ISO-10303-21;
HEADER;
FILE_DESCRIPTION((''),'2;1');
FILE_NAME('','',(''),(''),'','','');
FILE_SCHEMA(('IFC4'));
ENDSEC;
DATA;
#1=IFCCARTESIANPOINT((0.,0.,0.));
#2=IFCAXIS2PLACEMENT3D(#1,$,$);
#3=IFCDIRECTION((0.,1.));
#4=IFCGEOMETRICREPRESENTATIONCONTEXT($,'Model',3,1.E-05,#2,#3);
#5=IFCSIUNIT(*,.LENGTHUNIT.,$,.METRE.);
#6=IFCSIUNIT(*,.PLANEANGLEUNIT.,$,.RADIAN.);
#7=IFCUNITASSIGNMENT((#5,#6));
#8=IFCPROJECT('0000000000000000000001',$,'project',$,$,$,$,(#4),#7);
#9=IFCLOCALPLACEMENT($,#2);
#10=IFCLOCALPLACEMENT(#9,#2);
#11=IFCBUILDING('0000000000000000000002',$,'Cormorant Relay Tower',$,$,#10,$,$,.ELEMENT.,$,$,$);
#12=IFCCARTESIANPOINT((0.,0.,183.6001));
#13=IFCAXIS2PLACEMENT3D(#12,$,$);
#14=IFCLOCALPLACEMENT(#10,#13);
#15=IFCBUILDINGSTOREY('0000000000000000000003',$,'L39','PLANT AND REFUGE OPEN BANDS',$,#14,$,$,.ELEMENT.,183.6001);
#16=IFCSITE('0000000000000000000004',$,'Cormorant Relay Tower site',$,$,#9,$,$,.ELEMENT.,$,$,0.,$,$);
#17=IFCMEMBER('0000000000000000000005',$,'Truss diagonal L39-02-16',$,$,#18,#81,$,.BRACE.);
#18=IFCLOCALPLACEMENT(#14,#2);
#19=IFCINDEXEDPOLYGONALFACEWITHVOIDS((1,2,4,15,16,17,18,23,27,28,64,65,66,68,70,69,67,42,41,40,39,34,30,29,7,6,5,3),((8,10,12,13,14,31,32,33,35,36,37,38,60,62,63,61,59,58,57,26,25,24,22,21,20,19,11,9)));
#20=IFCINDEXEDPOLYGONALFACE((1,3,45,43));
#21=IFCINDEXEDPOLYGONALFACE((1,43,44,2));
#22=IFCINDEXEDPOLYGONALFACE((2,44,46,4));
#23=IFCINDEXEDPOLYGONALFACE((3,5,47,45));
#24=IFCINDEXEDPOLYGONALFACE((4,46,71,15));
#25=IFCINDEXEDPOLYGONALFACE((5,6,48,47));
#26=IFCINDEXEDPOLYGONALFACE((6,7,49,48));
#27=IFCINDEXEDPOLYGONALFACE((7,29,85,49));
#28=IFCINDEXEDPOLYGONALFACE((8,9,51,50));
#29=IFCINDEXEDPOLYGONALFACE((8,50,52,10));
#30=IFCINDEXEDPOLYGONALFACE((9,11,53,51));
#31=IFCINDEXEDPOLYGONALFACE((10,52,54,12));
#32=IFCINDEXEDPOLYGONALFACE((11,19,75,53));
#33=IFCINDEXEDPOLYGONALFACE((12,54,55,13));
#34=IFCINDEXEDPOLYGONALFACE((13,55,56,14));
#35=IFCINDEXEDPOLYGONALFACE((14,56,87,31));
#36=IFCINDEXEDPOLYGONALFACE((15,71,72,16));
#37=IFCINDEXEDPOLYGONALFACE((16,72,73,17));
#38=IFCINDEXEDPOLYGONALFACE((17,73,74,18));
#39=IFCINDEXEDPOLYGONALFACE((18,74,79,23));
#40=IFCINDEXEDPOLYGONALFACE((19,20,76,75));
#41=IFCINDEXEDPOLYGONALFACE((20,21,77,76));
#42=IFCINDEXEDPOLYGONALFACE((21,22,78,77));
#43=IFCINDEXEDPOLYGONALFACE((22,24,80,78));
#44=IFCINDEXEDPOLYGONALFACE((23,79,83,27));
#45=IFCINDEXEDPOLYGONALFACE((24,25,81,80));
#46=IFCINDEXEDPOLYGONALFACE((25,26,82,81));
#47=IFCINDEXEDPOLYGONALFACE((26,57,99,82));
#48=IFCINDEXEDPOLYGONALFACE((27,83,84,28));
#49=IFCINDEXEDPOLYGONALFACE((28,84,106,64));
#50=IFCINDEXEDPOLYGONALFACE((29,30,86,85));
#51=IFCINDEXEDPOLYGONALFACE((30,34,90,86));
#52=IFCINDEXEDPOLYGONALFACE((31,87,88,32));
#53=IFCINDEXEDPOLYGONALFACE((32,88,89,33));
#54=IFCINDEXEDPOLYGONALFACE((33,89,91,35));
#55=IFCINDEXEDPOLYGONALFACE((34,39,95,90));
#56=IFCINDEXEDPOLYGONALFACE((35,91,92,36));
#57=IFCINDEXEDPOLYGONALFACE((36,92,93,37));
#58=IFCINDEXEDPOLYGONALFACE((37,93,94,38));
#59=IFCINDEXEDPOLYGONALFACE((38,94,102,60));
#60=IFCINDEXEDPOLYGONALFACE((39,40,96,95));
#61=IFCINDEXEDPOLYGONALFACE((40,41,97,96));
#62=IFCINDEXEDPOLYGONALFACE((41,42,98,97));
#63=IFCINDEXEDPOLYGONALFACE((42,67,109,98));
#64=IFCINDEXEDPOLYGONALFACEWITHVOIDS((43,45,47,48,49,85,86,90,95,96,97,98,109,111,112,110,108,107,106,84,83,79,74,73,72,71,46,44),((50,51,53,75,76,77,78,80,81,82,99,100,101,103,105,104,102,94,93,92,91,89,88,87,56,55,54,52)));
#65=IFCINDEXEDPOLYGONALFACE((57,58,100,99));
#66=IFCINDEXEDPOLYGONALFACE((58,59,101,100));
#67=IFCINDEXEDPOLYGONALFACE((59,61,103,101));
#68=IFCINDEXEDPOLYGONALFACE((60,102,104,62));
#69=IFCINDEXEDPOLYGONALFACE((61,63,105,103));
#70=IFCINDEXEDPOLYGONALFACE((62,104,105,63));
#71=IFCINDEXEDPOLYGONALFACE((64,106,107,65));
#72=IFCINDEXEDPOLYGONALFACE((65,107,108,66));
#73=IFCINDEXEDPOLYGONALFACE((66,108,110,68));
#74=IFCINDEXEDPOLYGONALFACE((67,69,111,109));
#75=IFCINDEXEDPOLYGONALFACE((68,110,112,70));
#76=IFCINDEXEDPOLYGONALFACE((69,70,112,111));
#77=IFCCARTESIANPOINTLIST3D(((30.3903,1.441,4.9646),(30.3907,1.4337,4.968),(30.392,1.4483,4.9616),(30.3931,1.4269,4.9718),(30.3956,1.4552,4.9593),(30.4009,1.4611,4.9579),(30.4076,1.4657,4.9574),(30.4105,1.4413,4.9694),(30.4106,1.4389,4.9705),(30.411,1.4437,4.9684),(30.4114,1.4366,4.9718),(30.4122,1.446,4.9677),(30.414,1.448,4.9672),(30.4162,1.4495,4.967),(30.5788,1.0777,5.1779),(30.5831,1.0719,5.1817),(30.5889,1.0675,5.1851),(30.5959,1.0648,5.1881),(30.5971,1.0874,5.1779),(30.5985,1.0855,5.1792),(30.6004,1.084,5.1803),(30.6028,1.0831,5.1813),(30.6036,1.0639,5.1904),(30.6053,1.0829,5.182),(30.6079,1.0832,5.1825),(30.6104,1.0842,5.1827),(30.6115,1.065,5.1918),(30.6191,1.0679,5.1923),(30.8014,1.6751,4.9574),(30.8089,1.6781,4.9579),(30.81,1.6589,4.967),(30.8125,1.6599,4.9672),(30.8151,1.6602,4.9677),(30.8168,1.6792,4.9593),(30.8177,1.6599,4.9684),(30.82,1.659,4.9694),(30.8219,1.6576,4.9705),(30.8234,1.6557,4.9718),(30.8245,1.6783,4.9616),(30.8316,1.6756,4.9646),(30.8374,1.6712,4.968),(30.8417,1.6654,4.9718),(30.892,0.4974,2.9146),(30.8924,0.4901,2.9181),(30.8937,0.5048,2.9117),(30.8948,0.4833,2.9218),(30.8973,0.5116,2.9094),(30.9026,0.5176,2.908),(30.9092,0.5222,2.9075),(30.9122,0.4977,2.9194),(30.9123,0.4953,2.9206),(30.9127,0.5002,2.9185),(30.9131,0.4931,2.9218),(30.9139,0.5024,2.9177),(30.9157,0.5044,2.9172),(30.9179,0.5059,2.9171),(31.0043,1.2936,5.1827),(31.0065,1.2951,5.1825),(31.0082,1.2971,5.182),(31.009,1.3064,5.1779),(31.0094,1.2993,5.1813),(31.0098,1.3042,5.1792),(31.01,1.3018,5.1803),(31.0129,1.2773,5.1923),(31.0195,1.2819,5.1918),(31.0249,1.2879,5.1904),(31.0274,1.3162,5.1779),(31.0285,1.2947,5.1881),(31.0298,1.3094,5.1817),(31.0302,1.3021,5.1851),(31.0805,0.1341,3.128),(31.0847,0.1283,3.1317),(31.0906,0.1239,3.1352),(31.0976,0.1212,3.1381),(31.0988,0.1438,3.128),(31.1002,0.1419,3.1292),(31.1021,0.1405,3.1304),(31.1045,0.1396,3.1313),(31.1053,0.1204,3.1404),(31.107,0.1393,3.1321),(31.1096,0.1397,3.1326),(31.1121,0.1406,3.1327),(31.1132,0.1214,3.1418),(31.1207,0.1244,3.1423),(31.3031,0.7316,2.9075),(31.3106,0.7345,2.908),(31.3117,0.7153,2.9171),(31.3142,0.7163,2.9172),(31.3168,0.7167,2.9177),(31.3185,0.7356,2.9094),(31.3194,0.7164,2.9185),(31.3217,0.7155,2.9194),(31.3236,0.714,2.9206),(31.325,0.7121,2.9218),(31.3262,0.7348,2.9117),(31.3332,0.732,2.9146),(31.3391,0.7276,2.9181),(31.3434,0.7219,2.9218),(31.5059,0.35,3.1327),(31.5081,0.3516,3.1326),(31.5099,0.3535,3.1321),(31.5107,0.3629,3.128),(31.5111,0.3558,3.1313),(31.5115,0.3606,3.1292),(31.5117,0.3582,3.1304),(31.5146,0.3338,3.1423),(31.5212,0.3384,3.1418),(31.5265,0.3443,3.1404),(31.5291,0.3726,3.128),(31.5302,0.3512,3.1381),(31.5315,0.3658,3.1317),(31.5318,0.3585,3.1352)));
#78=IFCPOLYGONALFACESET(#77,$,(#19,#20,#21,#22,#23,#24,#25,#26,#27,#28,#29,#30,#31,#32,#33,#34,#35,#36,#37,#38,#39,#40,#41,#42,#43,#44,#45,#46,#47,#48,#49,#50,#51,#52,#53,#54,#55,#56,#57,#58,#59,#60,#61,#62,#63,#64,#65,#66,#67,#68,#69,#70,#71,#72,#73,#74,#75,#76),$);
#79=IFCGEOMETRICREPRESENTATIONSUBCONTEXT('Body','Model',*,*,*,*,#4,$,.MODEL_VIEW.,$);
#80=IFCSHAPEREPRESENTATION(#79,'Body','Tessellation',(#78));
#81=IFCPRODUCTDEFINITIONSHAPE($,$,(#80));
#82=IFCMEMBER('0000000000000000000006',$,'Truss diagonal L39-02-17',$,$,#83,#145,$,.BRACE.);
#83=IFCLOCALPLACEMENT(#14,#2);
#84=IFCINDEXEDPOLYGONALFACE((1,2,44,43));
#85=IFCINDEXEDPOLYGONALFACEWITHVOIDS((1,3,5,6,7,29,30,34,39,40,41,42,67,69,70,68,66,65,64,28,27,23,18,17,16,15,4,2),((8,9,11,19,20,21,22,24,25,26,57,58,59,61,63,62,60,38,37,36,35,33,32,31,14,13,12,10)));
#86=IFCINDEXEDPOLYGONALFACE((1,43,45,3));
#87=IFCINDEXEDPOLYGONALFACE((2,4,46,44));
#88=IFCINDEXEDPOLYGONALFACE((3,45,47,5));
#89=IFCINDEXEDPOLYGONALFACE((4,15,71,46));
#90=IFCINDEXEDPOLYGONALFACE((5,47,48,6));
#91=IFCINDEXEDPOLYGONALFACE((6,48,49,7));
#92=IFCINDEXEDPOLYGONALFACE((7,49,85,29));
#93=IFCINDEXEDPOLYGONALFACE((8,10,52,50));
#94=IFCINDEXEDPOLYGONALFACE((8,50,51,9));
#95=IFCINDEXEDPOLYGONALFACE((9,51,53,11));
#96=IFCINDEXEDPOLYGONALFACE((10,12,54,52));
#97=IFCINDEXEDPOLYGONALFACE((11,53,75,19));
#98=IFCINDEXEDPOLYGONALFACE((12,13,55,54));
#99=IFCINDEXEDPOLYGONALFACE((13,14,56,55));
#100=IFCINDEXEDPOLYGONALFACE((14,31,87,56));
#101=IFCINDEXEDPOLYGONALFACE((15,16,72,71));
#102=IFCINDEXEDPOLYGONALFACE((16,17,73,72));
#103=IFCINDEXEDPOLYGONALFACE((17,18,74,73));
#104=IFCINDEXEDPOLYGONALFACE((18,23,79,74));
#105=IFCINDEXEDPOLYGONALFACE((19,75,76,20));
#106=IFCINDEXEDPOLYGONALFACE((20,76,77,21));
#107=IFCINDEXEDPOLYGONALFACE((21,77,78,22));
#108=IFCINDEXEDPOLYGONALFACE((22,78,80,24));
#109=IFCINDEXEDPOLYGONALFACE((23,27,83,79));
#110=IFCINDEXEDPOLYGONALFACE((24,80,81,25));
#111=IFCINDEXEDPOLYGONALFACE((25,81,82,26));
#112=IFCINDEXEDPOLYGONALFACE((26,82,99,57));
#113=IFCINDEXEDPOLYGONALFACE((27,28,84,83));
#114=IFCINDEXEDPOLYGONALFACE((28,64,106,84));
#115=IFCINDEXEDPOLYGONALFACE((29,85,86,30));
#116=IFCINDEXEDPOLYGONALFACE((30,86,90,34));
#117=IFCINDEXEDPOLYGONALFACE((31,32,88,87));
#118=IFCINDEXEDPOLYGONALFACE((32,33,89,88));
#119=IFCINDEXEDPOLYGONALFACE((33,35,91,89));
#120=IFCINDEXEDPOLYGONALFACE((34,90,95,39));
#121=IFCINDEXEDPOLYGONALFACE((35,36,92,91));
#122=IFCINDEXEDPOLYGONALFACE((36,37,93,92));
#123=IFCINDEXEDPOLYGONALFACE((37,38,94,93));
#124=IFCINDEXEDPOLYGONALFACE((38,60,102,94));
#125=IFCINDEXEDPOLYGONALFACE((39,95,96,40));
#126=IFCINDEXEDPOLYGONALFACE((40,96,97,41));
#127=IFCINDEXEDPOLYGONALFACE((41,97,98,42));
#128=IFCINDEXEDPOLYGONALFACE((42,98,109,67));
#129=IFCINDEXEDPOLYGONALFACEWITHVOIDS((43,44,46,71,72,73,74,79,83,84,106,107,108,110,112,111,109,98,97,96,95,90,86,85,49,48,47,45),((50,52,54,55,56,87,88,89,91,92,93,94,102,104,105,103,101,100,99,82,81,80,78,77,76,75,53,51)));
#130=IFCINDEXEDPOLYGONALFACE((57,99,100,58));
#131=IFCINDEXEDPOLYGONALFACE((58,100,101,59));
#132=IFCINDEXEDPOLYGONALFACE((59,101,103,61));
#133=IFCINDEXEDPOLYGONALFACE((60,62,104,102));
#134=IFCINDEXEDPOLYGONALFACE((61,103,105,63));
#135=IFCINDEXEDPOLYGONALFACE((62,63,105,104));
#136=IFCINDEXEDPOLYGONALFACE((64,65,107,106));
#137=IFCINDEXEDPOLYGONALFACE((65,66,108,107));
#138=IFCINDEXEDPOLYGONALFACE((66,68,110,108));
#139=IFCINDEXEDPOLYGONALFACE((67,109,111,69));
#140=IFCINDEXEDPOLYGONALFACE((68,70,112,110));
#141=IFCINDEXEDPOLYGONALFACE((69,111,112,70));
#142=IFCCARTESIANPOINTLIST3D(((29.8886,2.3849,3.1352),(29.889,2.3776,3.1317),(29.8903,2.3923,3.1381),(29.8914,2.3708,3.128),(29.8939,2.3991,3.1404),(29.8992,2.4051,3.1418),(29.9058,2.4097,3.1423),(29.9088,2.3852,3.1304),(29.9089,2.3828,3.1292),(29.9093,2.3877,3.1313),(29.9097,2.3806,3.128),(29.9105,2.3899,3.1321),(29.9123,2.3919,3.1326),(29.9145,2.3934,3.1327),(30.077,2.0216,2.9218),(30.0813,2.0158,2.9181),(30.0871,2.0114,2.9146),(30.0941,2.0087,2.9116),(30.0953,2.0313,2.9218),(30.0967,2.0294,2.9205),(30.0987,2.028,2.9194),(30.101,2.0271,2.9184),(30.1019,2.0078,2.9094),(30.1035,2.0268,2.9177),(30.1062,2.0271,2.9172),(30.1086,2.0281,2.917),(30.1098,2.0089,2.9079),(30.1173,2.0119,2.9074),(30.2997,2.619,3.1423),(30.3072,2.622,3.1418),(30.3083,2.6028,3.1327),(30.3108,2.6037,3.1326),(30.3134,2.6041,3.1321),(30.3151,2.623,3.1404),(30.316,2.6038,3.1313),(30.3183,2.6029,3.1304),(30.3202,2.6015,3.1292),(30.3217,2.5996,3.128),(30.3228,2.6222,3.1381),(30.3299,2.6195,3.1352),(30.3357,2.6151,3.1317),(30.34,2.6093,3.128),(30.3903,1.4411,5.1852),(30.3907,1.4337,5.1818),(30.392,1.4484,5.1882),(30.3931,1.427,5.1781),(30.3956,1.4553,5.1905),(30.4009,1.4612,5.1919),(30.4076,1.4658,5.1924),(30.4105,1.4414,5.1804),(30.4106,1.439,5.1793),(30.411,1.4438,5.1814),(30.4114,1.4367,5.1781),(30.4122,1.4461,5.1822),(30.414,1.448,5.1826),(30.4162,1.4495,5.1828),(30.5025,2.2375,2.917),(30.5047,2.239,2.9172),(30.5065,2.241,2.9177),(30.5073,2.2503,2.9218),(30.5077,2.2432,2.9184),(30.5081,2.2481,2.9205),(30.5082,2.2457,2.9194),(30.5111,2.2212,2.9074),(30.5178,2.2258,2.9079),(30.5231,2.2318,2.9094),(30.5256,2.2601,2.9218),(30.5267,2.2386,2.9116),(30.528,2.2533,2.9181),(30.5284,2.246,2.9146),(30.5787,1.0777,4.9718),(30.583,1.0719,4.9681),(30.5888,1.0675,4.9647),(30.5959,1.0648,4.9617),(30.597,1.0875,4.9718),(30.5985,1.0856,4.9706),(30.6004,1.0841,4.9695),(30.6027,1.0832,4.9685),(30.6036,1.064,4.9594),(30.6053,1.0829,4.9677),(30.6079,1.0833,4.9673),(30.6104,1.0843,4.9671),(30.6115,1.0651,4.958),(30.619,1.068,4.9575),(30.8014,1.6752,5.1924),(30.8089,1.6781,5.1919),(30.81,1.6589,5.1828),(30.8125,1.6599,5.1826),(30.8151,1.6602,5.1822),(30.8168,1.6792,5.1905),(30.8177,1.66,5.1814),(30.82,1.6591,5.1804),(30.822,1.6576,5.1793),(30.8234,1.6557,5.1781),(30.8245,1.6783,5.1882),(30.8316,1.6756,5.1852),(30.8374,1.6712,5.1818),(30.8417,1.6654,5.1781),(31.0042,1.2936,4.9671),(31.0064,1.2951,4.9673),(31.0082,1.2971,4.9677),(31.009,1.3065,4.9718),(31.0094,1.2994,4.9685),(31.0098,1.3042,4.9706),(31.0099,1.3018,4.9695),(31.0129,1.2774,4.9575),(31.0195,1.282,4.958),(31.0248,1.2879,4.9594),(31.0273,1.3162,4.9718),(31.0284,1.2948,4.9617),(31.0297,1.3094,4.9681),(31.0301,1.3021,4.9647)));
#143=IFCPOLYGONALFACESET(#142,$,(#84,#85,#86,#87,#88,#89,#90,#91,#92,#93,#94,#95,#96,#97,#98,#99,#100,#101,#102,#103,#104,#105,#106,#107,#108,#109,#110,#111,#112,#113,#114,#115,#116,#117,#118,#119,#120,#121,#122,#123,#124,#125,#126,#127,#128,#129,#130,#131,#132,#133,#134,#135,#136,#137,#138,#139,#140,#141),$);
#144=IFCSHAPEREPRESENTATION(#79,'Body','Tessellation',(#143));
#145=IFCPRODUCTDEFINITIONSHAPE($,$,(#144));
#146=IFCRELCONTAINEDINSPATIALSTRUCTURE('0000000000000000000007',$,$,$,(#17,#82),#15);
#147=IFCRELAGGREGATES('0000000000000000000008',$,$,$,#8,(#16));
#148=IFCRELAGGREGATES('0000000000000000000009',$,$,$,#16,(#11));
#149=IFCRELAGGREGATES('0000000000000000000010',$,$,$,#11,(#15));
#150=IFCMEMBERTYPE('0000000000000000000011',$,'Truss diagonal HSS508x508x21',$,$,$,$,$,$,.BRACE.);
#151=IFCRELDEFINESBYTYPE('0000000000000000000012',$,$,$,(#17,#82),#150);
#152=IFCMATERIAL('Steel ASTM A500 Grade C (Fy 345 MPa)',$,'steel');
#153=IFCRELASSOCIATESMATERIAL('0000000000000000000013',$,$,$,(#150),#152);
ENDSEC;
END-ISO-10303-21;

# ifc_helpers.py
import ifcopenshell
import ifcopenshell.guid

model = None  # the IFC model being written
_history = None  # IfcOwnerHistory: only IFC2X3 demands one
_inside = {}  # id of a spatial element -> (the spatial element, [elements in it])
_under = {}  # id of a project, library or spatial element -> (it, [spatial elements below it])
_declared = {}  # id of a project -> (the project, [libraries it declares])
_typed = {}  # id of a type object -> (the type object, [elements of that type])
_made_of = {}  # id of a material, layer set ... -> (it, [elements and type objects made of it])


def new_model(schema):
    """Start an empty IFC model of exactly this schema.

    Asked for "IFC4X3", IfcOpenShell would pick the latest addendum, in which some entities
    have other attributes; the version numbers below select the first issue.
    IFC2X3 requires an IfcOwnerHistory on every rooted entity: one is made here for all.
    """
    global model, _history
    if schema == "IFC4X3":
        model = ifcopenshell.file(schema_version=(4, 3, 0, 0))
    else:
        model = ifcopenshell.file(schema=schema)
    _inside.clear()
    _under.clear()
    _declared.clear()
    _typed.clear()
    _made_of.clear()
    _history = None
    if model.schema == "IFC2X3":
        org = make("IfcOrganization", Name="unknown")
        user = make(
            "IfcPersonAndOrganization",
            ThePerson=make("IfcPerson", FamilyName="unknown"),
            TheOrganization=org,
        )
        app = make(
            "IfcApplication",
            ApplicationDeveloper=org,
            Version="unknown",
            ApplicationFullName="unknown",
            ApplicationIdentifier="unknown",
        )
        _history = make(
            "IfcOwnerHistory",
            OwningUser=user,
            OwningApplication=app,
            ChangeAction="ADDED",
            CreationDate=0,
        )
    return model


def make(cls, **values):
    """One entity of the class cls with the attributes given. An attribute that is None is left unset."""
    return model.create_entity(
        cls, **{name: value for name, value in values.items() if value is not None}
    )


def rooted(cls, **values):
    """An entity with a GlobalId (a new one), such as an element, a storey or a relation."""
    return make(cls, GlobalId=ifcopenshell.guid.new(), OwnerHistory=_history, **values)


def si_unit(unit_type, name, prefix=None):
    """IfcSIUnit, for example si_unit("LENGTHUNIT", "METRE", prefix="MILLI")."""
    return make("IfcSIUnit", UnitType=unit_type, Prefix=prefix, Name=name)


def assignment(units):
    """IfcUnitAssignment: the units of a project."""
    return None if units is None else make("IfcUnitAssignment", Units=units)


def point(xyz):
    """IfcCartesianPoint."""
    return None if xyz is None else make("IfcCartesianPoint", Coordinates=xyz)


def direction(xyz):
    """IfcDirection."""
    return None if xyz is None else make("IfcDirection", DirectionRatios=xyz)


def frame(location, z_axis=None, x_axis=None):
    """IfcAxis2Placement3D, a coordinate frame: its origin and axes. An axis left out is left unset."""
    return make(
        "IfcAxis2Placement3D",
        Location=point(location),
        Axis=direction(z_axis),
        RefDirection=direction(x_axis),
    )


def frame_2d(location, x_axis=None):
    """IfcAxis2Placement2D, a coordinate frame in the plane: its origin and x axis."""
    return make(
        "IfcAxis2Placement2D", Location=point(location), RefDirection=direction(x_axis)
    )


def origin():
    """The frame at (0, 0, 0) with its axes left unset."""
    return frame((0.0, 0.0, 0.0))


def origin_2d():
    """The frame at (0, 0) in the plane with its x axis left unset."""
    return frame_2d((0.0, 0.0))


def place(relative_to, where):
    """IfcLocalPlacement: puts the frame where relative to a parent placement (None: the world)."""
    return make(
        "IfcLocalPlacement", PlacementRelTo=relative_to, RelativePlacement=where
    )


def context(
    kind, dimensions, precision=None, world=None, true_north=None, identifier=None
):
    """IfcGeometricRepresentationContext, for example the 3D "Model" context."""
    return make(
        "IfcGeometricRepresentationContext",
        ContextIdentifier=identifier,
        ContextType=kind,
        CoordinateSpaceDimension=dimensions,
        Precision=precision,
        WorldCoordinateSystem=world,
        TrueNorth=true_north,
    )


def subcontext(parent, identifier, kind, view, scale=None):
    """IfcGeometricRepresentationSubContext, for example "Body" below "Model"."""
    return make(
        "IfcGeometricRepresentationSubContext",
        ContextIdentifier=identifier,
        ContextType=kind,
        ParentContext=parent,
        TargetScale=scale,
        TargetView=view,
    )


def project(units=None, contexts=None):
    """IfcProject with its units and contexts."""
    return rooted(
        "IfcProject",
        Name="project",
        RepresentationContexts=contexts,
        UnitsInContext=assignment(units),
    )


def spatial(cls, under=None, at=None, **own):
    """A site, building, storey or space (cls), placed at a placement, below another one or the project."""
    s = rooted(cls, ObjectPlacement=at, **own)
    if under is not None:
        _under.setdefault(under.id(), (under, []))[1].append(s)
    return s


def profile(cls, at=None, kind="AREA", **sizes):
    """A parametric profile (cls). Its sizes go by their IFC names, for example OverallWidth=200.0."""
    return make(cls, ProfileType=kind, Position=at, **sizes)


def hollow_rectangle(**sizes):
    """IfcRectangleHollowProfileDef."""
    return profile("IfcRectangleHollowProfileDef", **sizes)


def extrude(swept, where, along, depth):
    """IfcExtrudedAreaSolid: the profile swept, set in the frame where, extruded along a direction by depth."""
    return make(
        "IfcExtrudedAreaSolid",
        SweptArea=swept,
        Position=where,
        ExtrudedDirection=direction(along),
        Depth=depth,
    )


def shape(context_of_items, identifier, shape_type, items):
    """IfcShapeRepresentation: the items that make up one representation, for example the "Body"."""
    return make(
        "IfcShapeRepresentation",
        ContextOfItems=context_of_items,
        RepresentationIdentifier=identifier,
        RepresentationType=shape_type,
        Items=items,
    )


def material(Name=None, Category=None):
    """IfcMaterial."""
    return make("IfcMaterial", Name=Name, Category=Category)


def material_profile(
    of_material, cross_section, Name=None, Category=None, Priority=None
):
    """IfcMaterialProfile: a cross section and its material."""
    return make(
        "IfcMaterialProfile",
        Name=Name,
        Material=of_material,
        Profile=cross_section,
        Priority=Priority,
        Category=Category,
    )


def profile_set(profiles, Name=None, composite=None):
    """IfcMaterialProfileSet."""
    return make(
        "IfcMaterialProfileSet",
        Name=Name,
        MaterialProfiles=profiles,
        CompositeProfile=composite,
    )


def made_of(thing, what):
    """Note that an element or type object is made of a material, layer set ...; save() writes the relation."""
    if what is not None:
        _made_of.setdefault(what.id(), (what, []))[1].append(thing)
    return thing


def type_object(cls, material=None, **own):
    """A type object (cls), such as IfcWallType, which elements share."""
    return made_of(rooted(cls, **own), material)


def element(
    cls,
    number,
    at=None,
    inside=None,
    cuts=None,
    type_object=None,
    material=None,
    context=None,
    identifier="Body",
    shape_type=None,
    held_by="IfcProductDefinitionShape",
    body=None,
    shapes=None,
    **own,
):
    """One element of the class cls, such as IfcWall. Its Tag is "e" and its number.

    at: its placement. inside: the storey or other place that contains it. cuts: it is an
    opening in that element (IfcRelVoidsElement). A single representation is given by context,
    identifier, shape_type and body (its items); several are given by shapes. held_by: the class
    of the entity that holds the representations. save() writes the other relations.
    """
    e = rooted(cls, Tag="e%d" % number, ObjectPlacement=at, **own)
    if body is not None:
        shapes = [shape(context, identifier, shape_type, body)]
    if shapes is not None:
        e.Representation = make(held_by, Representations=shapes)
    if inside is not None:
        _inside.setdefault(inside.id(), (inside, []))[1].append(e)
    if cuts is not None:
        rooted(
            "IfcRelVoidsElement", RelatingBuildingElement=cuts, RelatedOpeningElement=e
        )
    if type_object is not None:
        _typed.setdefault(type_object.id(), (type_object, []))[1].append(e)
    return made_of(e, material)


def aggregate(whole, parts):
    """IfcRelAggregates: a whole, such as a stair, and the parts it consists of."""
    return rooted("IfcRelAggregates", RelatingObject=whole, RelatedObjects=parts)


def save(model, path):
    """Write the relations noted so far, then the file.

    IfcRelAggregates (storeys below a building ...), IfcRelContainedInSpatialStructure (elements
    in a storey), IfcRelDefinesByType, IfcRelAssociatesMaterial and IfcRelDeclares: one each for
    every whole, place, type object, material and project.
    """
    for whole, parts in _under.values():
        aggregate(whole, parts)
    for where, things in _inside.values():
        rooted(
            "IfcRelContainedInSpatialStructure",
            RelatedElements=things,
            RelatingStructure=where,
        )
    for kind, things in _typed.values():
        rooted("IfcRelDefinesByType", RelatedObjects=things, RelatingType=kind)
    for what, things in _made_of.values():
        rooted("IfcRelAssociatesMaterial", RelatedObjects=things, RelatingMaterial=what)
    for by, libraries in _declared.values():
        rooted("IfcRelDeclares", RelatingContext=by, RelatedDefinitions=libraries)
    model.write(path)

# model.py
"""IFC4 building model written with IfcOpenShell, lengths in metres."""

from ifc_helpers import new_model, si_unit, direction, frame, origin, origin_2d, place, context, subcontext, project, spatial, hollow_rectangle, extrude, material, material_profile, profile_set, type_object, element, save


model = new_model("IFC4")

# Units and contexts
model_context = context("Model", 3, precision=1e-05, world=origin(), true_north=direction((0.0, 1.0)))
body_context = subcontext(model_context, "Body", "Model", "MODEL_VIEW")
ifc_project = project(units=[si_unit("LENGTHUNIT", "METRE"), si_unit("PLANEANGLEUNIT", "RADIAN")], contexts=[model_context])

# Site, building, storey
site_placement = place(None, origin())
site = spatial("IfcSite", under=ifc_project, at=site_placement, Name="Cormorant Relay Tower site", CompositionType="ELEMENT", RefElevation=0.0)
building_placement = place(site_placement, origin())
building = spatial("IfcBuilding", under=site, at=building_placement, Name="Cormorant Relay Tower", CompositionType="ELEMENT")
storey_placement = place(building_placement, frame((0.0, 0.0, 183.6001)))
storey = spatial("IfcBuildingStorey", under=building, at=storey_placement, Name="L39", Description="PLANT AND REFUGE OPEN BANDS", CompositionType="ELEMENT", Elevation=183.6001)

# Members
ifc_material_1 = material(Name="Steel ASTM A500 Grade C (Fy 345 MPa)", Category="steel")
ifc_material_profile_1 = material_profile(ifc_material_1, hollow_rectangle(XDim=0.5081, YDim=0.5081, WallThickness=0.0208, InnerFilletRadius=0.0103, OuterFilletRadius=0.031, at=origin_2d()), Name="HSS508x508x21")
ifc_profile_set_1 = profile_set([ifc_material_profile_1], Name="Steel ASTM A500 Grade C (Fy 345 MPa)")
member_type_1 = type_object("IfcMemberType", Name="Truss diagonal HSS508x508x21", PredefinedType="BRACE", material=ifc_profile_set_1)
member_1_placement = place(storey_placement, frame((31.2119, 0.428, 3.0249), z_axis=(-0.217013, 0.408154, 0.886744), x_axis=(-0.882953, -0.469461, 0.0)))
element("IfcMember", 1, at=member_1_placement, inside=storey, type_object=member_type_1, Name="Truss diagonal L39-02-16", PredefinedType="BRACE", context=body_context, shape_type="SweptSolid", body=[
    extrude(hollow_rectangle(XDim=0.5081, YDim=0.5081, WallThickness=0.0208, InnerFilletRadius=0.0103, OuterFilletRadius=0.031, at=origin_2d()), origin(), (0.0, 0.0, 1.0), 2.3118),
])
for number, where, z_axis, x_axis, name in (
    (2, (30.7102, 1.3716, 5.075), (-0.217004, 0.408242, -0.886706), (-0.883003, -0.469367, 0.0), "Truss diagonal L39-02-17"),
):
    element("IfcMember", number, at=place(storey_placement, frame(where, z_axis=z_axis, x_axis=x_axis)), inside=storey, type_object=member_type_1, Name=name, PredefinedType="BRACE", context=body_context, shape_type="SweptSolid", body=[
        extrude(hollow_rectangle(XDim=0.5081, YDim=0.5081, WallThickness=0.0208, InnerFilletRadius=0.0103, OuterFilletRadius=0.031, at=origin_2d()), origin(), (0.0, 0.0, 1.0), 2.312),
    ])

save(model, "model.ifc")
